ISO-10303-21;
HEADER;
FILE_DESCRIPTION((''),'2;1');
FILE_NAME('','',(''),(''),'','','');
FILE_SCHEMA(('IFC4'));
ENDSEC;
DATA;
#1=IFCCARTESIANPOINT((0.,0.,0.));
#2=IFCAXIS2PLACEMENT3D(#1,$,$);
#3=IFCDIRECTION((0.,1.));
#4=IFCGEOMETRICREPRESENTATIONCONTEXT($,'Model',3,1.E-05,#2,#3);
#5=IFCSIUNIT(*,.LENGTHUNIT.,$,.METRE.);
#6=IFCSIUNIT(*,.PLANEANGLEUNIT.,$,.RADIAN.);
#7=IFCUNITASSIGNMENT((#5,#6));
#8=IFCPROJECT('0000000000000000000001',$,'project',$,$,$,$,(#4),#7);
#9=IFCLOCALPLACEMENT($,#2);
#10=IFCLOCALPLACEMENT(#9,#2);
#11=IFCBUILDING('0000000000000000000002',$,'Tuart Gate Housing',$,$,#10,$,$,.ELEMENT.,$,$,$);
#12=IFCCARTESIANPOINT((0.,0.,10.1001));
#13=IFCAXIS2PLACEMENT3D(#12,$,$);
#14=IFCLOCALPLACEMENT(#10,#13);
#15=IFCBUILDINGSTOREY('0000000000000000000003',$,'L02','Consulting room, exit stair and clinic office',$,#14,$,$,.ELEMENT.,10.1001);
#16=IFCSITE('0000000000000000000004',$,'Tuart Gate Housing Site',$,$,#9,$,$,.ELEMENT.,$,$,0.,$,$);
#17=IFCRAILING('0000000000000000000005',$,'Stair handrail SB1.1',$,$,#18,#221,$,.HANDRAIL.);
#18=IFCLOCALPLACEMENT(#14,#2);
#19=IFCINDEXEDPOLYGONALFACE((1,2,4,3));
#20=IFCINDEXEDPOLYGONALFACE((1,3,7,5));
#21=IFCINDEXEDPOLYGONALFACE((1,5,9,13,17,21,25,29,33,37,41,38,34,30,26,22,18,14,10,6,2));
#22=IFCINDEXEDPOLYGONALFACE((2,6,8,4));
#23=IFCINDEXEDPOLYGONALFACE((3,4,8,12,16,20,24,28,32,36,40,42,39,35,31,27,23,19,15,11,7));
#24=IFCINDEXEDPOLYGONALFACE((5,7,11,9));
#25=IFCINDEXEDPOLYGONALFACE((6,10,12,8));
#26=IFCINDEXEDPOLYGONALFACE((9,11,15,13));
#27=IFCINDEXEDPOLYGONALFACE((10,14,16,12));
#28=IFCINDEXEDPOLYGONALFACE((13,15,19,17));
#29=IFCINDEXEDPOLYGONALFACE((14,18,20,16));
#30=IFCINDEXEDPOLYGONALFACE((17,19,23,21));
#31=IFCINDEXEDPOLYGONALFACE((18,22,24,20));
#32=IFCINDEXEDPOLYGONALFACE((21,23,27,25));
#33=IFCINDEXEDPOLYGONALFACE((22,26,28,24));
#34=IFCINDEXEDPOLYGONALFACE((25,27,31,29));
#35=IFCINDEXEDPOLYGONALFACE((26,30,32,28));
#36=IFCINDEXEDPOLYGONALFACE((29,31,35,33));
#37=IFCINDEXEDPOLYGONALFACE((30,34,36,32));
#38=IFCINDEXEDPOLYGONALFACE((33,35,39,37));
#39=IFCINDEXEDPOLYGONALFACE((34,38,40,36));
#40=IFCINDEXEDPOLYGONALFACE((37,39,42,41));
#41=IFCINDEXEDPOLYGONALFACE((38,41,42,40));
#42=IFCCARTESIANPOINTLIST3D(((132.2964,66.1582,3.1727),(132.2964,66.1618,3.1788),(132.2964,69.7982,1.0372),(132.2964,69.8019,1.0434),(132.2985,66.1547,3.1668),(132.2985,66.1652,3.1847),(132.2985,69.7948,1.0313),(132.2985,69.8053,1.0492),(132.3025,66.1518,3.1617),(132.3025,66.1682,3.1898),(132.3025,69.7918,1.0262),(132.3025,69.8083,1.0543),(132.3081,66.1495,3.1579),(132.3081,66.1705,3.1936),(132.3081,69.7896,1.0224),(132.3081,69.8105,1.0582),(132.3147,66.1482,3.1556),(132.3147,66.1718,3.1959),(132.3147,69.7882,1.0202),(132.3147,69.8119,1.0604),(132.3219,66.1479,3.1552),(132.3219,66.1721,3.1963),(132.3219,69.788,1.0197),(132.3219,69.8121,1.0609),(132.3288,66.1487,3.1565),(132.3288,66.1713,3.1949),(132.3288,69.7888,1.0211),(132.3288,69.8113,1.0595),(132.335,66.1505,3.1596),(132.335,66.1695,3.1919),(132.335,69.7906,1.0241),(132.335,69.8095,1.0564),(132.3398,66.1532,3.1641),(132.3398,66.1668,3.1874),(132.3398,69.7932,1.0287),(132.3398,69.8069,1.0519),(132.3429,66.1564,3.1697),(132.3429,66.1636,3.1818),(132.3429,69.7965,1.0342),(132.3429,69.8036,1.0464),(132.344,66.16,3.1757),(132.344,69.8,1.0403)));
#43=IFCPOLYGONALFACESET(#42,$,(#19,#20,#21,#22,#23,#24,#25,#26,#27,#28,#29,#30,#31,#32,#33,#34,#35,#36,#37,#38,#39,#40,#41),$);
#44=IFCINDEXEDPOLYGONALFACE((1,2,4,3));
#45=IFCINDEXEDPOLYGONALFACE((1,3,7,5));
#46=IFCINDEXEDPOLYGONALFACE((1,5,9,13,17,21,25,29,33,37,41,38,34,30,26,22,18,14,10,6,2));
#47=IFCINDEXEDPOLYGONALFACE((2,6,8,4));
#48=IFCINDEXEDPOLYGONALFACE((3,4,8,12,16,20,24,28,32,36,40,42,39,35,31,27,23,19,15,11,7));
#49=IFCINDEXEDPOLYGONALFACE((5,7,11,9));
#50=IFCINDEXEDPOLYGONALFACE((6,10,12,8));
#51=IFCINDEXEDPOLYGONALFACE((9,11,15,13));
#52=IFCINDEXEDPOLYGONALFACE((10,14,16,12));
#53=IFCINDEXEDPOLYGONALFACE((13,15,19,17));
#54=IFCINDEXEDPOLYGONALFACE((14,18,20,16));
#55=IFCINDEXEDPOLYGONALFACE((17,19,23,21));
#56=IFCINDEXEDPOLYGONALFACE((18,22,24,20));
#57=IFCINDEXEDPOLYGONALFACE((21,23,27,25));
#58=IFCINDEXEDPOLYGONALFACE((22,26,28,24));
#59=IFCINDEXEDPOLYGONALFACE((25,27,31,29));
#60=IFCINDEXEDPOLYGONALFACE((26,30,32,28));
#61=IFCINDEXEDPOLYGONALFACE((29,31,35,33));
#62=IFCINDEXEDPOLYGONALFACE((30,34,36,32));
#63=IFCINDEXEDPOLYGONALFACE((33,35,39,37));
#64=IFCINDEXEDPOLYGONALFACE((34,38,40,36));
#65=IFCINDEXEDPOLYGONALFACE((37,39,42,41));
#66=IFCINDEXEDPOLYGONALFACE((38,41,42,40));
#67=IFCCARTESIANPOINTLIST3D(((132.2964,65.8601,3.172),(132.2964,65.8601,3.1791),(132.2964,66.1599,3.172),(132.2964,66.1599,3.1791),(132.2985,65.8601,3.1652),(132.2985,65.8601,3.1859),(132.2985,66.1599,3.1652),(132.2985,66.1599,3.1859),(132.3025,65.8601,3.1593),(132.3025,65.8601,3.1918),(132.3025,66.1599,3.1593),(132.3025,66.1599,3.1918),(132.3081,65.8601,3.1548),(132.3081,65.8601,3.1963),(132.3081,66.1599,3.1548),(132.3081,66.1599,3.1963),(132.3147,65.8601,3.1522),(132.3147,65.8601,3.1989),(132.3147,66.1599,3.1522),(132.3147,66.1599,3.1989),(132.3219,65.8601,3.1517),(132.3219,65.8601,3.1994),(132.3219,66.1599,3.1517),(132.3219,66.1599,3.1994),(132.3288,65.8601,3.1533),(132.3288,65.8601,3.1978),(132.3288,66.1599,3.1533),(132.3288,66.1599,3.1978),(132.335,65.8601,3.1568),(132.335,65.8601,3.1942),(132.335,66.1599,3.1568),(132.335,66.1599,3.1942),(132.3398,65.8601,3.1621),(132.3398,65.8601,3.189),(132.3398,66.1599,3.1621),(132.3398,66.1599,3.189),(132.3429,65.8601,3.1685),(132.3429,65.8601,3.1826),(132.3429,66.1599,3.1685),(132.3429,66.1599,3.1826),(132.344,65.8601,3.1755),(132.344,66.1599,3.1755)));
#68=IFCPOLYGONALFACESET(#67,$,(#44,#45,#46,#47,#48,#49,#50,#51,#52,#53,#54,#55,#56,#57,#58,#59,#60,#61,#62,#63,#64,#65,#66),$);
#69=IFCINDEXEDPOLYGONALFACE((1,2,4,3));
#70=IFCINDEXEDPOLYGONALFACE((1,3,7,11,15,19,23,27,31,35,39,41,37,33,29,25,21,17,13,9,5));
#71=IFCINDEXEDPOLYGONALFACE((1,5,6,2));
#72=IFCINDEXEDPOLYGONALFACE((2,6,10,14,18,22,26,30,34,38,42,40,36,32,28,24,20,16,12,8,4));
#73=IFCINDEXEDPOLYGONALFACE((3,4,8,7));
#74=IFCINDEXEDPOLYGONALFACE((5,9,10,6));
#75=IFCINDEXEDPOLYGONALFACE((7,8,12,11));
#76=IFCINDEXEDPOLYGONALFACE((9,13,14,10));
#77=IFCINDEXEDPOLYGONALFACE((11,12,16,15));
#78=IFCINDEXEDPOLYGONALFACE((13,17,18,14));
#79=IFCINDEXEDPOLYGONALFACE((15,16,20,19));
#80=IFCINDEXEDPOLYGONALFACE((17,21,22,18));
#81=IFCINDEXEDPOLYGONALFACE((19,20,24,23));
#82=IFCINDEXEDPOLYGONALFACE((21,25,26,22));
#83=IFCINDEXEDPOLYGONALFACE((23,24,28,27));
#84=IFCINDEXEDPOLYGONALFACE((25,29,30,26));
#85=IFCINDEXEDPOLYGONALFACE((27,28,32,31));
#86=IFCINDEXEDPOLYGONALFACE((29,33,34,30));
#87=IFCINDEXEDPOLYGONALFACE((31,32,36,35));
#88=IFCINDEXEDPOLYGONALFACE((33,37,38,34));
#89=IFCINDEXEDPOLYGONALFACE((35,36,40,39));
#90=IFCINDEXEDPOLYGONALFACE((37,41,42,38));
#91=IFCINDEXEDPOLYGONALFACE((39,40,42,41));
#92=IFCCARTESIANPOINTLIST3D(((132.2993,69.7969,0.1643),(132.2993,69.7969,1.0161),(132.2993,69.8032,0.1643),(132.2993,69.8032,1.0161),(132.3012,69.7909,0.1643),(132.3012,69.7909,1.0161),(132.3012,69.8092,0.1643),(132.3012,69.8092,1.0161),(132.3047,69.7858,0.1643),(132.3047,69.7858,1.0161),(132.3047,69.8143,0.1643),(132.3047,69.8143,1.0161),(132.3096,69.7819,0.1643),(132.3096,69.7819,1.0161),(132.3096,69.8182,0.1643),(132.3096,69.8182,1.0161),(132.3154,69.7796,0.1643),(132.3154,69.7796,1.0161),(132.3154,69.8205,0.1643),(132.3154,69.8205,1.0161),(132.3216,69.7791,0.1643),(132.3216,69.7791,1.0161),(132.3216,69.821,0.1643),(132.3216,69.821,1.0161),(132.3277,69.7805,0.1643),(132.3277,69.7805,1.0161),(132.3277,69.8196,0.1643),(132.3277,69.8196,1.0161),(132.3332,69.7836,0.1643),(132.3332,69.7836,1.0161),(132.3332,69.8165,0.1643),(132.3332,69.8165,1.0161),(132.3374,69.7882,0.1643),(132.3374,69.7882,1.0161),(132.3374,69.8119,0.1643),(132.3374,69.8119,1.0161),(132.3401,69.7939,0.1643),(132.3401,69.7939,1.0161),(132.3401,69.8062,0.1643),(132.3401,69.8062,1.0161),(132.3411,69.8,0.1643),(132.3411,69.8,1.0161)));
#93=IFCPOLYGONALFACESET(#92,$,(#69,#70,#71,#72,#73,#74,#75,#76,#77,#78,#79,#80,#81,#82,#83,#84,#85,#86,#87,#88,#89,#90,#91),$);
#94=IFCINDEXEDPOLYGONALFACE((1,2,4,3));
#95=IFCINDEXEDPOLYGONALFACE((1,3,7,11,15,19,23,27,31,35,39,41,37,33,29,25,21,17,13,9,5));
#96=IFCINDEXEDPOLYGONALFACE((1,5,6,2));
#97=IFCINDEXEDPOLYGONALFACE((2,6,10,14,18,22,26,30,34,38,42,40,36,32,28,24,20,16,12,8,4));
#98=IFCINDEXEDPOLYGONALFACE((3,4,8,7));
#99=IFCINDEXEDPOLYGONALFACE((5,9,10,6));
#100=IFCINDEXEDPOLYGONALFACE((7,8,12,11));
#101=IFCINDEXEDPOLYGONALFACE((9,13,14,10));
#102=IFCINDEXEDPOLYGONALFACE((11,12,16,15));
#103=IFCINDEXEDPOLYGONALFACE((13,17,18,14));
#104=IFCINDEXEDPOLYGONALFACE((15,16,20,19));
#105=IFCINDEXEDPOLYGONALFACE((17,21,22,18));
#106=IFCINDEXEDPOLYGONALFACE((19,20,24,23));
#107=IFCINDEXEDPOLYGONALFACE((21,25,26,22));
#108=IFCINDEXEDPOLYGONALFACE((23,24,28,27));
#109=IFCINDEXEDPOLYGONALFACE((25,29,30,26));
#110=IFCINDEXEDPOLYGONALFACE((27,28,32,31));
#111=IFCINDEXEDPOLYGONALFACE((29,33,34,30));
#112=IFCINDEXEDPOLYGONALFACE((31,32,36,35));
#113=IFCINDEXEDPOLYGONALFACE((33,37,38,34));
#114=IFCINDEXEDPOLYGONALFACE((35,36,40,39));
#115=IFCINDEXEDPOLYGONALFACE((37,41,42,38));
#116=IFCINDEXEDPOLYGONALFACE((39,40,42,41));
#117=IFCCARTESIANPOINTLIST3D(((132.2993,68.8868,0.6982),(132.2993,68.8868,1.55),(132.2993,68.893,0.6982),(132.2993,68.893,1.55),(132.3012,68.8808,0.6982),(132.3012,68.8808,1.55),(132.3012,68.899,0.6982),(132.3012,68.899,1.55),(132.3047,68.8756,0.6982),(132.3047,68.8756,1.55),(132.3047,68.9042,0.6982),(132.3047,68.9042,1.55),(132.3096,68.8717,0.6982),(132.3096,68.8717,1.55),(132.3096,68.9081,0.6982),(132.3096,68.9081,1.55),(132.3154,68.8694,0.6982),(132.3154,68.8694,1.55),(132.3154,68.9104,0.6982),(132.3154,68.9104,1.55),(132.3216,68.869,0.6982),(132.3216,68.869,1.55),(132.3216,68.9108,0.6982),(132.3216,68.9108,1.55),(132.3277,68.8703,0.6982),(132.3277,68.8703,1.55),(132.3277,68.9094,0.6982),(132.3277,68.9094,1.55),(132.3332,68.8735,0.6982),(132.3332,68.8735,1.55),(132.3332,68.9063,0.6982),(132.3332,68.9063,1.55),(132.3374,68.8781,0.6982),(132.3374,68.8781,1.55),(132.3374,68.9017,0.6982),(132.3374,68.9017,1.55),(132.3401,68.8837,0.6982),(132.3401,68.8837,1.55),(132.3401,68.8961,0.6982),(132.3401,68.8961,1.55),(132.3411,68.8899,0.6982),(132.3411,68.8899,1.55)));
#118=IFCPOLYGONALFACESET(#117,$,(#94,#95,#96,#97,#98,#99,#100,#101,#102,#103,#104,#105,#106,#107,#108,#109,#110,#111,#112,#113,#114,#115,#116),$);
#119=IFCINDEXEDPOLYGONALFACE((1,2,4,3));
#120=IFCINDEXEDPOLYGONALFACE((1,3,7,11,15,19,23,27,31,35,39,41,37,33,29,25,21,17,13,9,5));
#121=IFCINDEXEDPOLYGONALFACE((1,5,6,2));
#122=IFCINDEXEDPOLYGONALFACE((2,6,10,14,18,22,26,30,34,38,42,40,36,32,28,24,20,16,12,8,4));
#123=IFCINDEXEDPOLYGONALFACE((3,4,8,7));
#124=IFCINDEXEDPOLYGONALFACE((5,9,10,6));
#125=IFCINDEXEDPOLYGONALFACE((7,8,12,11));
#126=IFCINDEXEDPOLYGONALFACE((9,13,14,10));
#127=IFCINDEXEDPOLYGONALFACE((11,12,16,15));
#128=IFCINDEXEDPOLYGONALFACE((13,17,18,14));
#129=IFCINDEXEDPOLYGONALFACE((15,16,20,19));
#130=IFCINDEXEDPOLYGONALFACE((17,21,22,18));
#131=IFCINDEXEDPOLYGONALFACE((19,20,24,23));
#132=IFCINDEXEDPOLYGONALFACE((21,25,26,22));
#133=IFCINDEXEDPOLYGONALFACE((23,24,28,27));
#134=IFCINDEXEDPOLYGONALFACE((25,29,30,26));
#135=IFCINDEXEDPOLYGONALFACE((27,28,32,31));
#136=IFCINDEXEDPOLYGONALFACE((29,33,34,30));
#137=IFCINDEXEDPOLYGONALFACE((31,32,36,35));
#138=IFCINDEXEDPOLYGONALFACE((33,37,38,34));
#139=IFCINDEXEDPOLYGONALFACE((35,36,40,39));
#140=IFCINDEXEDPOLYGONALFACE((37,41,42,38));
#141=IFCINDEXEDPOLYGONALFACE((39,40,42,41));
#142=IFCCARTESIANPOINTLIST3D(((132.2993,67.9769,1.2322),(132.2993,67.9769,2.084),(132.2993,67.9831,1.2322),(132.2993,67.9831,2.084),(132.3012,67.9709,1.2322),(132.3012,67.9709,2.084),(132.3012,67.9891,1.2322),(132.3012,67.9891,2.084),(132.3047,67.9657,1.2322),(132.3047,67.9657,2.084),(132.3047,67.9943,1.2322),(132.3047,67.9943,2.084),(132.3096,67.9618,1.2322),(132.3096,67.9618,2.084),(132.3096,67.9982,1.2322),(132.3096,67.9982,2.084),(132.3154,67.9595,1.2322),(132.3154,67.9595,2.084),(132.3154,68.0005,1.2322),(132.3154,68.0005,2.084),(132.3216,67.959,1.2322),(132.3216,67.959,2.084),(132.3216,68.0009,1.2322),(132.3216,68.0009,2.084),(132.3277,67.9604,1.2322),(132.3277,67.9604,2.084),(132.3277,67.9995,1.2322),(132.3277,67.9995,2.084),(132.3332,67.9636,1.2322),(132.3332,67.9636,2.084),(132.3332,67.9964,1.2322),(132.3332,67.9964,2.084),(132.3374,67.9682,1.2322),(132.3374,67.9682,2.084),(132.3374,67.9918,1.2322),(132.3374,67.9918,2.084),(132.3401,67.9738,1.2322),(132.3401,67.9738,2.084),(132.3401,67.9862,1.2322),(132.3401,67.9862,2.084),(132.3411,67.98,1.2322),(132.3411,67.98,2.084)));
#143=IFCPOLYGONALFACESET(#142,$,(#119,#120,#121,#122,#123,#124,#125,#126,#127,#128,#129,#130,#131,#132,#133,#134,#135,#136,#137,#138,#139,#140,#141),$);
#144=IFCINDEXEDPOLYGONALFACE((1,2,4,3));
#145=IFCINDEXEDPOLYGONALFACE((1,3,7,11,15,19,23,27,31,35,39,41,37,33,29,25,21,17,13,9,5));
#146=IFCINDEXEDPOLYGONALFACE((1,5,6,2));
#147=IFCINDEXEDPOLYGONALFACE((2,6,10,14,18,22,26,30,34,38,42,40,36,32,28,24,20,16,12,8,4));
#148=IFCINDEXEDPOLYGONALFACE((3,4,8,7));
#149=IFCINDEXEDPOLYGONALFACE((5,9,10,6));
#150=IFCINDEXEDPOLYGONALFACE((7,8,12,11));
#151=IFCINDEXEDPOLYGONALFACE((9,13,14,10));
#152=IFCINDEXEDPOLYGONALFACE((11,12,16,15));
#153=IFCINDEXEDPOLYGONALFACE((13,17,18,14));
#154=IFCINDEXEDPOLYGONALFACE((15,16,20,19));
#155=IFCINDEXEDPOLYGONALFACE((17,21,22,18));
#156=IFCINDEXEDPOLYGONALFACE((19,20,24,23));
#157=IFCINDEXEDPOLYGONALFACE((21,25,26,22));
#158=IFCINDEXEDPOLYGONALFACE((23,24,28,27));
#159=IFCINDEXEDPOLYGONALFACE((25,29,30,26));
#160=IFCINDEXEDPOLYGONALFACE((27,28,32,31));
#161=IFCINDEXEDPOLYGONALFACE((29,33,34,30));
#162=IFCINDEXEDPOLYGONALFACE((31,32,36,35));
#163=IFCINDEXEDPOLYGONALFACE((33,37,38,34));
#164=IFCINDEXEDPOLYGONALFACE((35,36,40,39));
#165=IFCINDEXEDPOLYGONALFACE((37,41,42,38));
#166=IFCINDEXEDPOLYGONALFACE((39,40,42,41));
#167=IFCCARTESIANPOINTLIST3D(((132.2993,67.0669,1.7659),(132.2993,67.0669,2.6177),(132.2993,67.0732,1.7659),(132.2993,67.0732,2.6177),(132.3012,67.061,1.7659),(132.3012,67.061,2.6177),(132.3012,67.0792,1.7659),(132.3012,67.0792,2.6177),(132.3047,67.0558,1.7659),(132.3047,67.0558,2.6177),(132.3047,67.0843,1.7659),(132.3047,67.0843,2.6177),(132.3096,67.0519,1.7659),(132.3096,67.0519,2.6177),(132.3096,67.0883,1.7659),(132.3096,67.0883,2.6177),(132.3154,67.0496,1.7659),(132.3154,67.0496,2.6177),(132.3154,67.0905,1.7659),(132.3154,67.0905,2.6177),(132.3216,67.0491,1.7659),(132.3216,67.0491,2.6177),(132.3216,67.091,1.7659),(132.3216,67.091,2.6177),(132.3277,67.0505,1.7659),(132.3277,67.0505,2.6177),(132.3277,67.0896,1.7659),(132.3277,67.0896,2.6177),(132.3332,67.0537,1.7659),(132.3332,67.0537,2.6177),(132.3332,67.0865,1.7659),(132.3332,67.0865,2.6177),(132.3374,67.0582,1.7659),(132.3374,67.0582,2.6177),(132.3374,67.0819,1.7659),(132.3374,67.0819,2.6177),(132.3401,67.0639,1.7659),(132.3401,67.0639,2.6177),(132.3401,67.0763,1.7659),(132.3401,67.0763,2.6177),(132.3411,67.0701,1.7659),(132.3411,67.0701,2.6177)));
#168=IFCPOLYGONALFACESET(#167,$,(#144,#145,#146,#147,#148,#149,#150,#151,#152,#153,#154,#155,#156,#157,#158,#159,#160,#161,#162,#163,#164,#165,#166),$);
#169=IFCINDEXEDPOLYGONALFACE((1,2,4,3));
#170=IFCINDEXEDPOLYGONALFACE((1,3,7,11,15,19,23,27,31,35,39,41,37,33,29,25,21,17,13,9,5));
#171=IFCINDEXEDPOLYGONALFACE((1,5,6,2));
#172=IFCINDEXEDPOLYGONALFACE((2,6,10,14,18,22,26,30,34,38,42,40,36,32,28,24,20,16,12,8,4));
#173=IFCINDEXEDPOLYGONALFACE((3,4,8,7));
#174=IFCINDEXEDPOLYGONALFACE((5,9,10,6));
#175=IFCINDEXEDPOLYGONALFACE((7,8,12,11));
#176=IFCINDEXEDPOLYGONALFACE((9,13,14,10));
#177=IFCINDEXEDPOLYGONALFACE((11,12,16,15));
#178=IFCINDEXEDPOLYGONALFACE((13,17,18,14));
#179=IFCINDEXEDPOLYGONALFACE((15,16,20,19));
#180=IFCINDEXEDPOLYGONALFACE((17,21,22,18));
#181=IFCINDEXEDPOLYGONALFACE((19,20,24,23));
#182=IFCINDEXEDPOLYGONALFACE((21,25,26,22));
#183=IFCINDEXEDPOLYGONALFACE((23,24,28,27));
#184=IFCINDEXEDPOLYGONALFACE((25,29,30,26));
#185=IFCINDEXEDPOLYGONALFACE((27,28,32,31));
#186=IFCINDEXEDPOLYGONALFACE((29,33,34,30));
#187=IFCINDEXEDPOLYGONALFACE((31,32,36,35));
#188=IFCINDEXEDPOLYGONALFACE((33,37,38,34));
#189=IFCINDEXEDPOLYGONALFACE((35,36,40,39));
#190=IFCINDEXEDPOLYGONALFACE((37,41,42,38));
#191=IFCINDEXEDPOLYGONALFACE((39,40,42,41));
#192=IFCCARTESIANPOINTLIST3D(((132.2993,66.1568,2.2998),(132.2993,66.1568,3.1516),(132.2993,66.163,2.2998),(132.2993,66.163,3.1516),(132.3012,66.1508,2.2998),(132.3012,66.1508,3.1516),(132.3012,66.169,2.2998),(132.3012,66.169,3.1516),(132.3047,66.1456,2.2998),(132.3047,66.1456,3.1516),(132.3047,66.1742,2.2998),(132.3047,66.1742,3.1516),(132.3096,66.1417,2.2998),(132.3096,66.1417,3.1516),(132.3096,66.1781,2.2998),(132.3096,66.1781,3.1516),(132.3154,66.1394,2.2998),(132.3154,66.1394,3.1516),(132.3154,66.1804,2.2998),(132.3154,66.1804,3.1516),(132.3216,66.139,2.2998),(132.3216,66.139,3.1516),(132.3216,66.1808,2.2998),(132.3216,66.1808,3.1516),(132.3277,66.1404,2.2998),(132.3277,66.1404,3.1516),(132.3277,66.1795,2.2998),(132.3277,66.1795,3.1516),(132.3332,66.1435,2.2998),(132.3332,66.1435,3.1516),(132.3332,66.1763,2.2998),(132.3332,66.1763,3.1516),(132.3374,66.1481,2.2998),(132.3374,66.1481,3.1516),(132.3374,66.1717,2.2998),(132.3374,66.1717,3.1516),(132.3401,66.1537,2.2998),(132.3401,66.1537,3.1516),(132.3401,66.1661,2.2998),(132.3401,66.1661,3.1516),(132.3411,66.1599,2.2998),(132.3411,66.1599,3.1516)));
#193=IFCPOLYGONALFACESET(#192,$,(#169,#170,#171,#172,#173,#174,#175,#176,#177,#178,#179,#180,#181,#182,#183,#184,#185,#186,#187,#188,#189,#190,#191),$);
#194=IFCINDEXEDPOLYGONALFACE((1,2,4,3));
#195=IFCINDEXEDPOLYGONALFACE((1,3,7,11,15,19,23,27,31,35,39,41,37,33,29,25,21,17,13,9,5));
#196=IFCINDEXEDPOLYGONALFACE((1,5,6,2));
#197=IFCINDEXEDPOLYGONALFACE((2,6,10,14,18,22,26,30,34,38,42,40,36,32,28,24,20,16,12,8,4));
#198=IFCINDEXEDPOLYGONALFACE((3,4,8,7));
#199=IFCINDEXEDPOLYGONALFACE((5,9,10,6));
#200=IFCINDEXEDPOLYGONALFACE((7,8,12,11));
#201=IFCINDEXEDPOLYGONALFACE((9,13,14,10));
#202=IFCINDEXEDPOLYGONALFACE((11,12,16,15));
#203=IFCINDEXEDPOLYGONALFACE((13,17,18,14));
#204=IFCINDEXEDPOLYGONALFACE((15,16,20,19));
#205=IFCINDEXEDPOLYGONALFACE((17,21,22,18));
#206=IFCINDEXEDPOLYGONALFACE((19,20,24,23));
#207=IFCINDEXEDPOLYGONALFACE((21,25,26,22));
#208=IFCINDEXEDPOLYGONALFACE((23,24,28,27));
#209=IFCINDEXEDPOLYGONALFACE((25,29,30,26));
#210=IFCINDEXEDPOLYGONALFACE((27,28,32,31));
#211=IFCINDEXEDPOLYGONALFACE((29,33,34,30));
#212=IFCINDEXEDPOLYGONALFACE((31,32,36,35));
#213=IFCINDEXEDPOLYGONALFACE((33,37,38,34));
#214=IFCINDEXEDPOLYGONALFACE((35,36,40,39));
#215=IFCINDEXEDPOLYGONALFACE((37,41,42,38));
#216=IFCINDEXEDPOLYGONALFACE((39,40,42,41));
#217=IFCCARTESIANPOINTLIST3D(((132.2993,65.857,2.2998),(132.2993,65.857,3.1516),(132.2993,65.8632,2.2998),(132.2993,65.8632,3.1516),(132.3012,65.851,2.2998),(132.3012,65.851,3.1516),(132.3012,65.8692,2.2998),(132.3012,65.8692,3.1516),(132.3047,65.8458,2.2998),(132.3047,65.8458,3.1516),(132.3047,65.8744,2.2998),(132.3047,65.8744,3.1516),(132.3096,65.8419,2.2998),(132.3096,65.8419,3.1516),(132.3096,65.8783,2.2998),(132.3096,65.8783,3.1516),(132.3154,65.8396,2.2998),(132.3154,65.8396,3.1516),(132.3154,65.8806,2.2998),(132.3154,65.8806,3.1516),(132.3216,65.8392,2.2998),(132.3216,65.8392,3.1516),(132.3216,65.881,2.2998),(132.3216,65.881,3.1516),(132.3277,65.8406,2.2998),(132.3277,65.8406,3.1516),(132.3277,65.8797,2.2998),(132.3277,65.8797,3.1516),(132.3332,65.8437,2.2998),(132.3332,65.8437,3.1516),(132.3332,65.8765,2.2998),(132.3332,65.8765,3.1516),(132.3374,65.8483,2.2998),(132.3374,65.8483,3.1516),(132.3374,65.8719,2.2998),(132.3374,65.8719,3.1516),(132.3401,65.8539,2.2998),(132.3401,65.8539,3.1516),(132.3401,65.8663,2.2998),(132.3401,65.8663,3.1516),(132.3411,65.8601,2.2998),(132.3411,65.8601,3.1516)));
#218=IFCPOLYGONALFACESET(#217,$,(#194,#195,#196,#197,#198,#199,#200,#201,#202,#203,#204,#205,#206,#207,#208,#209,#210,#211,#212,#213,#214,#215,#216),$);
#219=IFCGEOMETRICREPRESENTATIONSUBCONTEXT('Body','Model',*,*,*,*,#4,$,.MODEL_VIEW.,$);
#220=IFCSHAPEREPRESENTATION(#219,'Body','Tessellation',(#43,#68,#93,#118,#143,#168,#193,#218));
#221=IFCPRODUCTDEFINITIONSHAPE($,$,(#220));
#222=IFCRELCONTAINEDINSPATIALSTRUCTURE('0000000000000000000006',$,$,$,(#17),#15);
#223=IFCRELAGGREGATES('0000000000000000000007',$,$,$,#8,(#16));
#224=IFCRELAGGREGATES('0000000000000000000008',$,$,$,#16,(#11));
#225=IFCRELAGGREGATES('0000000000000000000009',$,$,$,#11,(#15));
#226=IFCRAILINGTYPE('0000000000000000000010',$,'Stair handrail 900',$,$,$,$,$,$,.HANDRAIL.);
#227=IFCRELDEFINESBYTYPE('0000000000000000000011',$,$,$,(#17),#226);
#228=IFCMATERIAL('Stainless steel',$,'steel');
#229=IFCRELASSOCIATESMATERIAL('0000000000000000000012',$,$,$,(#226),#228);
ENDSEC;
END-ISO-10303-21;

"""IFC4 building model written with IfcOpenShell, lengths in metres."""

from ifc_helpers import new_model, si_unit, direction, frame, origin, origin_2d, place, context, subcontext, project, spatial, circle, extrude, material, type_object, element, save


model = new_model("IFC4")

# Units and contexts
model_context = context("Model", 3, precision=1e-05, world=origin(), true_north=direction((0.0, 1.0)))
body_context = subcontext(model_context, "Body", "Model", "MODEL_VIEW")
ifc_project = project(units=[si_unit("LENGTHUNIT", "METRE"), si_unit("PLANEANGLEUNIT", "RADIAN")], contexts=[model_context])

# Site, building, storey
site_placement = place(None, origin())
site = spatial("IfcSite", under=ifc_project, at=site_placement, Name="Tuart Gate Housing Site", CompositionType="ELEMENT", RefElevation=0.0)
building_placement = place(site_placement, origin())
building = spatial("IfcBuilding", under=site, at=building_placement, Name="Tuart Gate Housing", CompositionType="ELEMENT")
storey_placement = place(building_placement, frame((0.0, 0.0, 10.1001)))
storey = spatial("IfcBuildingStorey", under=building, at=storey_placement, Name="L02", Description="Consulting room, exit stair and clinic office", CompositionType="ELEMENT", Elevation=10.1001)

# Railing
ifc_material_1 = material(Name="Stainless steel", Category="steel")
railing_type = type_object("IfcRailingType", Name="Stair handrail 900", PredefinedType="HANDRAIL", material=ifc_material_1)
railing_placement = place(storey_placement, frame((132.3201, 69.8, 0.1643)))
element("IfcRailing", 1, at=railing_placement, inside=storey, type_object=railing_type, Name="Stair handrail SB1.1", PredefinedType="HANDRAIL", context=body_context, shape_type="SweptSolid", body=[
    extrude(circle(Radius=0.0239, at=origin_2d()), frame((0.0, 0.0, 0.876), z_axis=(0.0, -0.86253, 0.506006), x_axis=(1.0, 0.0, 0.0)), (0.0, 0.0, 1.0), 4.2202),
    extrude(circle(Radius=0.0239, at=origin_2d()), frame((0.0, -3.6401, 3.0112), z_axis=(0.0, -1.0, 0.0), x_axis=(1.0, 0.0, 0.0)), (0.0, 0.0, 1.0), 0.2998),
    extrude(circle(Radius=0.021, at=origin_2d()), origin(), (0.0, 0.0, 1.0), 0.8518),
    extrude(circle(Radius=0.021, at=origin_2d()), frame((0.0, -0.9102, 0.5339)), (0.0, 0.0, 1.0), 0.8518),
    extrude(circle(Radius=0.021, at=origin_2d()), frame((0.0, -1.8201, 1.0679)), (0.0, 0.0, 1.0), 0.8518),
    extrude(circle(Radius=0.021, at=origin_2d()), frame((0.0, -2.73, 1.6016)), (0.0, 0.0, 1.0), 0.8518),
    extrude(circle(Radius=0.021, at=origin_2d()), frame((0.0, -3.6401, 2.1355)), (0.0, 0.0, 1.0), 0.8518),
    extrude(circle(Radius=0.021, at=origin_2d()), frame((0.0, -3.9399, 2.1355)), (0.0, 0.0, 1.0), 0.8518),
])

save(model, "model.ifc")
